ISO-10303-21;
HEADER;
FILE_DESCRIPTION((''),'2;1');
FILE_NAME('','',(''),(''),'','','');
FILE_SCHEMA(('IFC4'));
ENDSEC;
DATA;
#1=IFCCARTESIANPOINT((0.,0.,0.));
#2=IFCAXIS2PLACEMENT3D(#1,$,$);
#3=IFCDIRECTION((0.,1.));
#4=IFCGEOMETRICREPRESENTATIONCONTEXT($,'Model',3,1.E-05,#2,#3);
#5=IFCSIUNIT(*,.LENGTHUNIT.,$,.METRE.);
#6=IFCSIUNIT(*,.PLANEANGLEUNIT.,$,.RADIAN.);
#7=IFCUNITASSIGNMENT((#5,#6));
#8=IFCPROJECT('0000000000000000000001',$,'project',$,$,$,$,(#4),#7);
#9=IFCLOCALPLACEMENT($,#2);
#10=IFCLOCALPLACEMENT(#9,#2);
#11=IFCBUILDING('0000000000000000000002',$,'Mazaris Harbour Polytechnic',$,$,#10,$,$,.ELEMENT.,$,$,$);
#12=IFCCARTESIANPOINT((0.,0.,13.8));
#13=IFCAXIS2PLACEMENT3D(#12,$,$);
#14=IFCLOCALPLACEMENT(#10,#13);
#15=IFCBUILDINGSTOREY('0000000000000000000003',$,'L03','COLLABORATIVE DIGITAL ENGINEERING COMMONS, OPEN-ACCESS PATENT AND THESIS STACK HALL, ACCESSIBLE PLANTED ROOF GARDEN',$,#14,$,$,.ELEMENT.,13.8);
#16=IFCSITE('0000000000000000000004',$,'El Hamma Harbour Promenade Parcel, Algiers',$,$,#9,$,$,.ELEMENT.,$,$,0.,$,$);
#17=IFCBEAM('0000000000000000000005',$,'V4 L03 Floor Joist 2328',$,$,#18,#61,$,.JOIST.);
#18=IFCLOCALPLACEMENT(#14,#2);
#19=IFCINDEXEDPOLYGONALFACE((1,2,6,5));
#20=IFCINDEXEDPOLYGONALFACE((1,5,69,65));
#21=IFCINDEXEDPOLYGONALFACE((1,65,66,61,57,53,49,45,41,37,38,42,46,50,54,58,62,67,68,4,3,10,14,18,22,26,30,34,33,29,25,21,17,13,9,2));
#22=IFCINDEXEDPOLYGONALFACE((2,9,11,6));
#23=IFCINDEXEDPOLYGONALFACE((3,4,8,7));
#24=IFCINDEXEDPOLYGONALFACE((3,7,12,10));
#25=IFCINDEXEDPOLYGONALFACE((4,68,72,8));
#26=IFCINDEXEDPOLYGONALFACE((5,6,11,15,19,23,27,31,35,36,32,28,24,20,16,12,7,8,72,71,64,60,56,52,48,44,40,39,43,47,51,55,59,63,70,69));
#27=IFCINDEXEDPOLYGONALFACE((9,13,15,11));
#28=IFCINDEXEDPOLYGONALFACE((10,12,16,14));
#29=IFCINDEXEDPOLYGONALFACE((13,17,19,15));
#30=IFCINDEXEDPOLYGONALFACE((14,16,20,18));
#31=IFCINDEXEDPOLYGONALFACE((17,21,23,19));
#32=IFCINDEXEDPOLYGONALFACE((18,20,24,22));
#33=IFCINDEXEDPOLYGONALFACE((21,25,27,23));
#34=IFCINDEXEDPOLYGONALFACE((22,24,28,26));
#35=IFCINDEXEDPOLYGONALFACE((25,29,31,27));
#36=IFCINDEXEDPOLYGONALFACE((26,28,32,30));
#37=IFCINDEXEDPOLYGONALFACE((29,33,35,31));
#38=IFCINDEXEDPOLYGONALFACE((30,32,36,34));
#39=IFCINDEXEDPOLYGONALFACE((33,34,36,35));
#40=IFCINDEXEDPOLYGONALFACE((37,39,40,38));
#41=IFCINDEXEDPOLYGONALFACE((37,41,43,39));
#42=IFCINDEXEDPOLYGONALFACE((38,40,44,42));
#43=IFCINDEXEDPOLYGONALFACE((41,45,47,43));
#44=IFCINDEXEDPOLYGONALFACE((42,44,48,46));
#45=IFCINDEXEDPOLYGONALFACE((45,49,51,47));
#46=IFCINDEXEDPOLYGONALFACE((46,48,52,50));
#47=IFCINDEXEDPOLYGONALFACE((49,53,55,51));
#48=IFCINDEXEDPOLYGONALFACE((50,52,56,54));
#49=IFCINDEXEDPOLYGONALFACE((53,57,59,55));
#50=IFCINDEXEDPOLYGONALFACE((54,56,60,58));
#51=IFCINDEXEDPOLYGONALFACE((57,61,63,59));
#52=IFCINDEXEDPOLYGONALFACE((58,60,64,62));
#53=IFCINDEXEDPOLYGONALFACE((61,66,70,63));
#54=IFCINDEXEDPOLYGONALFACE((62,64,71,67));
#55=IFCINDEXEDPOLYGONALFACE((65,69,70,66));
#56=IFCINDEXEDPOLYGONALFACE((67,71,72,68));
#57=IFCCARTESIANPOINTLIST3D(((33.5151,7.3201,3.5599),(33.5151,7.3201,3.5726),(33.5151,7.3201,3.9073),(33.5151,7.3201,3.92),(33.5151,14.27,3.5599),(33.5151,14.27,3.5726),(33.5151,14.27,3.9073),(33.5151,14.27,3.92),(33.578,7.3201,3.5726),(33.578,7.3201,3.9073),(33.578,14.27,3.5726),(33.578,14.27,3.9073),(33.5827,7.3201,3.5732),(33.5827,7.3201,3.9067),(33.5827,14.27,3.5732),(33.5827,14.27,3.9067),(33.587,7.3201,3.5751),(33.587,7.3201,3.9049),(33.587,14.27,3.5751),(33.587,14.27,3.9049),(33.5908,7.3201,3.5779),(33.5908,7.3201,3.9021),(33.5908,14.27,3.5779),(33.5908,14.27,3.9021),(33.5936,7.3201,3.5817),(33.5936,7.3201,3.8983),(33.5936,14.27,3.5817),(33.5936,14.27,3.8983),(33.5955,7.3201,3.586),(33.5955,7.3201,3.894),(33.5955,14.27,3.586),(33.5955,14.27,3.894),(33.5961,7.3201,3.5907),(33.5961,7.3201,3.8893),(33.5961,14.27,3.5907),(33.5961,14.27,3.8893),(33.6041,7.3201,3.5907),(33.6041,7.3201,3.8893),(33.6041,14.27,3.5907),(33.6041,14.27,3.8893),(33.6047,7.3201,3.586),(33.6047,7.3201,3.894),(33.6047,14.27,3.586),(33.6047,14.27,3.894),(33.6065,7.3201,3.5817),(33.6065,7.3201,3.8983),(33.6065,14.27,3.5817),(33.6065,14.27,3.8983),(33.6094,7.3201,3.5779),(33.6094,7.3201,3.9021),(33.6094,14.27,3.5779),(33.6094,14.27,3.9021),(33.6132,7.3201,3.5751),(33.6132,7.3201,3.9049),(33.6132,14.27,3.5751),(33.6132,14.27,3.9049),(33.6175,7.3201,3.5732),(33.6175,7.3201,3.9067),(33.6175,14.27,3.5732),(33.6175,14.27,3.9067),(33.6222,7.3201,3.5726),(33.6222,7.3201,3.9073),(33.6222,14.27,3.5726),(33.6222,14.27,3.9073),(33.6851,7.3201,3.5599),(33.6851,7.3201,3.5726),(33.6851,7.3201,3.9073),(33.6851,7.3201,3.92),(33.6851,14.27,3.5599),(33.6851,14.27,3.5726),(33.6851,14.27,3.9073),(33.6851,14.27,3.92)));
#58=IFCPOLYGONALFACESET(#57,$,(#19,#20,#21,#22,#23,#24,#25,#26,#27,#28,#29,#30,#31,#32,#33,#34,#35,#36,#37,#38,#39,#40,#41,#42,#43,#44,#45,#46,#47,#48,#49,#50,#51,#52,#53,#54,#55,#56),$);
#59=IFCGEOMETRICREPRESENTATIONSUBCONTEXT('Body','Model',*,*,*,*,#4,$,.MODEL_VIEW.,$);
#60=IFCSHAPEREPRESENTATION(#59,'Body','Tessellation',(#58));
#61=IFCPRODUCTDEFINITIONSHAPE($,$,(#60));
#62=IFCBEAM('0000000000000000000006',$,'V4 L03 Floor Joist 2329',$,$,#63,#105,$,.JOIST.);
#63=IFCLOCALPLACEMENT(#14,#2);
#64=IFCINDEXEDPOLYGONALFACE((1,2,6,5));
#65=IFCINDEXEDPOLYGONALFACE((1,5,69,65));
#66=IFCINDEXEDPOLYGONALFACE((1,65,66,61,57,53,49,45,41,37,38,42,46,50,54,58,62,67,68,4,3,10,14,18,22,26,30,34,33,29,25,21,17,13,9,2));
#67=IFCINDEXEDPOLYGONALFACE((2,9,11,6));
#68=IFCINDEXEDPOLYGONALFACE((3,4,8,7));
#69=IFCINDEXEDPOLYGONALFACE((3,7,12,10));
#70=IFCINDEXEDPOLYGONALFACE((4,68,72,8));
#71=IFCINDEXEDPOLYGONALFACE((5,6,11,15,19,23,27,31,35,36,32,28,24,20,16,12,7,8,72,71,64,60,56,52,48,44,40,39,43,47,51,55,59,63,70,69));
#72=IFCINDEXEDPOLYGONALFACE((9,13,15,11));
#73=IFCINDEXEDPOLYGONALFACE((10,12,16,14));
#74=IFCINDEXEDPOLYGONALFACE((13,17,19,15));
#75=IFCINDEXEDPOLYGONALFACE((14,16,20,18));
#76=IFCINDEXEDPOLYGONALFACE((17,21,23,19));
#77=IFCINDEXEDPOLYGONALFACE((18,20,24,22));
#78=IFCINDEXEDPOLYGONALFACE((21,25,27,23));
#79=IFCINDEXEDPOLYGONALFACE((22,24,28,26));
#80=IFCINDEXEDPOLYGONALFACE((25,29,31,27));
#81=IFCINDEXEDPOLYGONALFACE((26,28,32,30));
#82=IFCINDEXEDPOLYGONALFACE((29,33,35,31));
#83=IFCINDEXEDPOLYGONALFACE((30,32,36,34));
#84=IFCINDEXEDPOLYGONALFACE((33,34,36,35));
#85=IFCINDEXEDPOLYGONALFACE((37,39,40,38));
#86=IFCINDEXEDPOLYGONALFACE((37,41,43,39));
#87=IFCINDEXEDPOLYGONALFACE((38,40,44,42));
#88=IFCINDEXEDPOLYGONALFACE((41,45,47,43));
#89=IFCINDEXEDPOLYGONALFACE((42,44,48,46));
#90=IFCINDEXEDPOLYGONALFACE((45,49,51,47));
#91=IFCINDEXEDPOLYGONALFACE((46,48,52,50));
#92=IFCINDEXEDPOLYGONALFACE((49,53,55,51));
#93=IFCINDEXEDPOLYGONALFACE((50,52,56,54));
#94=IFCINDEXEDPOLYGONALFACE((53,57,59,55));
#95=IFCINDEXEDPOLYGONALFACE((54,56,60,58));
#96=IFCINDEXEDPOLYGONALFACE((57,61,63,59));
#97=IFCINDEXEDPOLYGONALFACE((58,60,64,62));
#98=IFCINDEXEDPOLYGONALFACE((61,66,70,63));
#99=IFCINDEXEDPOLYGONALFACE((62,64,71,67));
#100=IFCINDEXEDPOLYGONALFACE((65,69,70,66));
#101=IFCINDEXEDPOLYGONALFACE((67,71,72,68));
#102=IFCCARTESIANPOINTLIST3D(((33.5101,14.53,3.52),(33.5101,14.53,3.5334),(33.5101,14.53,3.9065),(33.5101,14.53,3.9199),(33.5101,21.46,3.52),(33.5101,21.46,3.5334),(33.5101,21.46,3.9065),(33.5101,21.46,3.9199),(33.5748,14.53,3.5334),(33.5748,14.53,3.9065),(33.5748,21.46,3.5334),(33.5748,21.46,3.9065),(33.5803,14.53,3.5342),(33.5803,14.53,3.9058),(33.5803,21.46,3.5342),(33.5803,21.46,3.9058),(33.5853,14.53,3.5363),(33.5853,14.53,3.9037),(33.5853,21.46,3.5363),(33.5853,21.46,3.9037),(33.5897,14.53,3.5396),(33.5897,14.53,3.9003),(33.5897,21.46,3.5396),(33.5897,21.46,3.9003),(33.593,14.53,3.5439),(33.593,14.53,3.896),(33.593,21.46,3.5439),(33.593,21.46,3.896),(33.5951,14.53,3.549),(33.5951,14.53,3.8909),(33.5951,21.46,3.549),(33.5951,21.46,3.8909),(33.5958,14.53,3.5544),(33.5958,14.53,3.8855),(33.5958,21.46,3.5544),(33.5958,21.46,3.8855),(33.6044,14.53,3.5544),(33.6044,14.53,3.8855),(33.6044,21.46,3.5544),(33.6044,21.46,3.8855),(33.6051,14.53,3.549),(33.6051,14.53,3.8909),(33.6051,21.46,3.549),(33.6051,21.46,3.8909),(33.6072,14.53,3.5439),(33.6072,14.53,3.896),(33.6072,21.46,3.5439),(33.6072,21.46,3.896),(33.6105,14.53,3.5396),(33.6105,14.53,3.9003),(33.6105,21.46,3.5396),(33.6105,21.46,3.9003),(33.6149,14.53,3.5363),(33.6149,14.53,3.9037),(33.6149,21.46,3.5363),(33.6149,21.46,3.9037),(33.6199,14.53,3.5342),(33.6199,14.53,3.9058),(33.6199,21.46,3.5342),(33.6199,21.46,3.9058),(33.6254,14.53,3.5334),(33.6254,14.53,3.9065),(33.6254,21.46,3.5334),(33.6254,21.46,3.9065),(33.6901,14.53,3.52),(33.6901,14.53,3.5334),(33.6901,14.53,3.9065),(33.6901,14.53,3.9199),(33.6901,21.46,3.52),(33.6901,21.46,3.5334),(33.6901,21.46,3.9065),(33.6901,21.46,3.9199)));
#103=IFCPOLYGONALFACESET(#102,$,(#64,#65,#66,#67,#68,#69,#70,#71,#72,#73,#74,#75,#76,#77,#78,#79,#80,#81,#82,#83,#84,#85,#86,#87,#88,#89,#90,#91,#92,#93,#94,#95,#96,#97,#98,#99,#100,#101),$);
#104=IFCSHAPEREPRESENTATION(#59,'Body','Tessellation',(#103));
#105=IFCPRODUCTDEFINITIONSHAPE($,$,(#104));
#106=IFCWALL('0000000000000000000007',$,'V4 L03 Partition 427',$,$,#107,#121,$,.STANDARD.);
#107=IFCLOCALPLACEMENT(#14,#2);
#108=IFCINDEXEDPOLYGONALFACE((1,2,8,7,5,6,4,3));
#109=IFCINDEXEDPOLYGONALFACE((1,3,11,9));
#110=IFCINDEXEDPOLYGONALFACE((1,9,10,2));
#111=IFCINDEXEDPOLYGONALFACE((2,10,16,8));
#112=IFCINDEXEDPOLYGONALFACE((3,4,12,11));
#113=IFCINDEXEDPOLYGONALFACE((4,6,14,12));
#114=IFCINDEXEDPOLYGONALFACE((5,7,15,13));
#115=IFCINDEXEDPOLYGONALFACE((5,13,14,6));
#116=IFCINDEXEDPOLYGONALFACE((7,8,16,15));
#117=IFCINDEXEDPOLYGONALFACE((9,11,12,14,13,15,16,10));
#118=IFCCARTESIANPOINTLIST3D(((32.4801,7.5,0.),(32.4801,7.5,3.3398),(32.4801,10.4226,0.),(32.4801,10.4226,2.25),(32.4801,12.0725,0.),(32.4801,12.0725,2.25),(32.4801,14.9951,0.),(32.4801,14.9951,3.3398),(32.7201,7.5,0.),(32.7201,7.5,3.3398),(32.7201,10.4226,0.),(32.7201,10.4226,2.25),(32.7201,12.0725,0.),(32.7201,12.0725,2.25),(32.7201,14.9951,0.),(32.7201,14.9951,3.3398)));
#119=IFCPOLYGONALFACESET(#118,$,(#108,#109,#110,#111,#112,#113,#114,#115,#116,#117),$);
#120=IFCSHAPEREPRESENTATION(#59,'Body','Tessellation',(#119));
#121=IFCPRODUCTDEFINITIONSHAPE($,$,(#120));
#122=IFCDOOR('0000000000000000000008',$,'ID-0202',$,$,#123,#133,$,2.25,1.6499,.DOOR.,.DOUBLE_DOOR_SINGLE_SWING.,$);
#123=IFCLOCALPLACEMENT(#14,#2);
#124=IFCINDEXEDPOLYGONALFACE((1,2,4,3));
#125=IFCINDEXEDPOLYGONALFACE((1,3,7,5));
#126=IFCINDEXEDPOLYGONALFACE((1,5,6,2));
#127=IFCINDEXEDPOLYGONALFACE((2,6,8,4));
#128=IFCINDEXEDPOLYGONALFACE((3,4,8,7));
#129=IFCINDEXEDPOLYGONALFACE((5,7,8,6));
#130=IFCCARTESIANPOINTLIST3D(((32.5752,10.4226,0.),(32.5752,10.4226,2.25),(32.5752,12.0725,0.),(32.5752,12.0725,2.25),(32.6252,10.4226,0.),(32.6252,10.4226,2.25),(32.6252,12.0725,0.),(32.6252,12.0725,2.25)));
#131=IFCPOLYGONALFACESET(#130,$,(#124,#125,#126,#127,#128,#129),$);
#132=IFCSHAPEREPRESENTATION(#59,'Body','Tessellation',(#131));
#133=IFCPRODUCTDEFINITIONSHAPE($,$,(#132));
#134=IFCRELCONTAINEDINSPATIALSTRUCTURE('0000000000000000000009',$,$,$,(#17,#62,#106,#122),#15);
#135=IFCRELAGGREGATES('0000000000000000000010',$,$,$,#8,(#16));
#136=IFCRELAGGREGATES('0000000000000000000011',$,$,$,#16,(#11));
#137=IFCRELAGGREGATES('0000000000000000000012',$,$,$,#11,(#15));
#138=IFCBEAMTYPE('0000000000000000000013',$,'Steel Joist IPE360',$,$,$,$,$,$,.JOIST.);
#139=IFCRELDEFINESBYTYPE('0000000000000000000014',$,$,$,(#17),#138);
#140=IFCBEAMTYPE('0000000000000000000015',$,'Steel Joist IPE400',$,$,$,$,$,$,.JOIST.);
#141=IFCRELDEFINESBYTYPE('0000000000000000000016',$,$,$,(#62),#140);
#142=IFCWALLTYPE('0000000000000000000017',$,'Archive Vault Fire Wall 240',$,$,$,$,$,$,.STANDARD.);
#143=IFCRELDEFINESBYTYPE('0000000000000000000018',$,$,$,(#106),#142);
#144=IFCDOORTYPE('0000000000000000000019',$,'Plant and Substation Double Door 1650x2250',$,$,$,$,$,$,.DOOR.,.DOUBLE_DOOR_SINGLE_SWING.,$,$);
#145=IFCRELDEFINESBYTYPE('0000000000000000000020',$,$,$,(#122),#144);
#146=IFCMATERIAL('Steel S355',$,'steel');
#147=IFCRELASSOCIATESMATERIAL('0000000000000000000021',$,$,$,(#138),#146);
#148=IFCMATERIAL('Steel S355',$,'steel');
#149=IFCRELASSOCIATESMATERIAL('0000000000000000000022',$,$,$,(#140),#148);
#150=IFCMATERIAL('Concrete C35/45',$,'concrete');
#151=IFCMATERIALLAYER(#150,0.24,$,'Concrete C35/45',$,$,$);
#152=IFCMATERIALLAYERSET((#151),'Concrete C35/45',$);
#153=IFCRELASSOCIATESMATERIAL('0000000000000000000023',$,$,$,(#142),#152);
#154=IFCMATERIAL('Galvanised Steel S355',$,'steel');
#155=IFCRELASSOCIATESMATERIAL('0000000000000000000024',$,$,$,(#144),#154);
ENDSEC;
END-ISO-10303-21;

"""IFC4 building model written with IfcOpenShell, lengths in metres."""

from ifc_helpers import new_model, si_unit, direction, frame, frame_2d, origin, origin_2d, place, context, subcontext, project, spatial, rectangle, i_section, extrude, material, layer, layer_set, material_profile, profile_set, type_object, element, fill, save


model = new_model("IFC4")

# Units and contexts
model_context = context("Model", 3, precision=1e-05, world=origin(), true_north=direction((0.0, 1.0)))
body_context = subcontext(model_context, "Body", "Model", "MODEL_VIEW")
ifc_project = project(units=[si_unit("LENGTHUNIT", "METRE"), si_unit("PLANEANGLEUNIT", "RADIAN")], contexts=[model_context])

# Site, building, storey
site_placement = place(None, origin())
site = spatial("IfcSite", under=ifc_project, at=site_placement, Name="El Hamma Harbour Promenade Parcel, Algiers", CompositionType="ELEMENT", RefElevation=0.0)
building_placement = place(site_placement, origin())
building = spatial("IfcBuilding", under=site, at=building_placement, Name="Mazaris Harbour Polytechnic", CompositionType="ELEMENT")
storey_placement = place(building_placement, frame((0.0, 0.0, 13.8)))
storey = spatial("IfcBuildingStorey", under=building, at=storey_placement, Name="L03", Description="COLLABORATIVE DIGITAL ENGINEERING COMMONS, OPEN-ACCESS PATENT AND THESIS STACK HALL, ACCESSIBLE PLANTED ROOF GARDEN", CompositionType="ELEMENT", Elevation=13.8)

# Beams
ifc_material_1 = material(Name="Steel S355", Category="steel")
ifc_material_profile_1 = material_profile(ifc_material_1, i_section(OverallWidth=0.1699, OverallDepth=0.3601, WebThickness=0.0081, FlangeThickness=0.0127, FilletRadius=0.0181, at=origin_2d()), Name="IPE 360")
ifc_profile_set_1 = profile_set([ifc_material_profile_1], Name="Steel S355")
beam_type_1 = type_object("IfcBeamType", Name="Steel Joist IPE360", PredefinedType="JOIST", material=ifc_profile_set_1)
beam_1_placement = place(storey_placement, frame((33.6001, 7.3201, 3.74), z_axis=(0.0, 1.0, 0.0), x_axis=(-1.0, 0.0, 0.0)))
element("IfcBeam", 1, at=beam_1_placement, inside=storey, type_object=beam_type_1, Name="V4 L03 Floor Joist 2328", PredefinedType="JOIST", context=body_context, shape_type="SweptSolid", body=[
    extrude(i_section(OverallWidth=0.1699, OverallDepth=0.3601, WebThickness=0.0081, FlangeThickness=0.0127, FilletRadius=0.0181, at=origin_2d()), origin(), (0.0, 0.0, 1.0), 6.95),
])
ifc_material_2 = material(Name="Steel S355", Category="steel")
ifc_material_profile_2 = material_profile(ifc_material_2, i_section(OverallWidth=0.1799, OverallDepth=0.3999, WebThickness=0.0085, FlangeThickness=0.0134, FilletRadius=0.021, at=origin_2d()), Name="IPE 400")
ifc_profile_set_2 = profile_set([ifc_material_profile_2], Name="Steel S355")
beam_type_2 = type_object("IfcBeamType", Name="Steel Joist IPE400", PredefinedType="JOIST", material=ifc_profile_set_2)
beam_2_placement = place(storey_placement, frame((33.6001, 14.53, 3.72), z_axis=(0.0, 1.0, 0.0), x_axis=(-1.0, 0.0, 0.0)))
element("IfcBeam", 2, at=beam_2_placement, inside=storey, type_object=beam_type_2, Name="V4 L03 Floor Joist 2329", PredefinedType="JOIST", context=body_context, shape_type="SweptSolid", body=[
    extrude(i_section(OverallWidth=0.1799, OverallDepth=0.3999, WebThickness=0.0085, FlangeThickness=0.0134, FilletRadius=0.021, at=origin_2d()), origin(), (0.0, 0.0, 1.0), 6.9299),
])

# Wall, opening, door
ifc_material_3 = material(Name="Concrete C35/45", Category="concrete")
ifc_layer_1 = layer(ifc_material_3, 0.24, Name="Concrete C35/45")
ifc_layer_set_1 = layer_set([ifc_layer_1], Name="Concrete C35/45")
wall_type_1 = type_object("IfcWallType", Name="Archive Vault Fire Wall 240", PredefinedType="STANDARD", material=ifc_layer_set_1)
wall_1_placement = place(storey_placement, frame((32.6001, 7.5, 0.0), z_axis=(0.0, 0.0, 1.0), x_axis=(0.0, 1.0, 0.0)))
wall_1 = element("IfcWall", 3, at=wall_1_placement, inside=storey, type_object=wall_type_1, Name="V4 L03 Partition 427", PredefinedType="STANDARD", context=body_context, shape_type="SweptSolid", body=[
    extrude(rectangle(XDim=7.4951, YDim=0.24, at=frame_2d((3.7476, 0.0))), origin(), (0.0, 0.0, 1.0), 3.3398),
])
opening_1_placement = place(wall_1_placement, frame((2.9226, 0.0, 0.0)))
opening_1 = element("IfcOpeningElement", 4, at=opening_1_placement, cuts=wall_1, PredefinedType="OPENING", context=body_context, shape_type="SweptSolid", body=[
    extrude(rectangle(XDim=1.6499, YDim=2.25, at=frame_2d((0.825, 1.125))), frame((0.0, 0.1299, 0.0), z_axis=(0.0, -1.0, 0.0), x_axis=(1.0, 0.0, 0.0)), (0.0, 0.0, 1.0), 0.26),
])
ifc_material_4 = material(Name="Galvanised Steel S355", Category="steel")
door_type = type_object("IfcDoorType", Name="Plant and Substation Double Door 1650x2250", OperationType="DOUBLE_DOOR_SINGLE_SWING", PredefinedType="DOOR", material=ifc_material_4)
door_placement = place(opening_1_placement, origin())
door = element("IfcDoor", 5, at=door_placement, inside=storey, type_object=door_type, Name="ID-0202", OperationType="DOUBLE_DOOR_SINGLE_SWING", OverallHeight=2.25, OverallWidth=1.6499, PredefinedType="DOOR", context=body_context, shape_type="SweptSolid", body=[
    extrude(rectangle(XDim=1.6499, YDim=2.25, at=frame_2d((0.825, 1.125))), frame((0.0, 0.0249, 0.0), z_axis=(0.0, -1.0, 0.0), x_axis=(1.0, 0.0, 0.0)), (0.0, 0.0, 1.0), 0.05),
])
fill(opening_1, door)

save(model, "model.ifc")
